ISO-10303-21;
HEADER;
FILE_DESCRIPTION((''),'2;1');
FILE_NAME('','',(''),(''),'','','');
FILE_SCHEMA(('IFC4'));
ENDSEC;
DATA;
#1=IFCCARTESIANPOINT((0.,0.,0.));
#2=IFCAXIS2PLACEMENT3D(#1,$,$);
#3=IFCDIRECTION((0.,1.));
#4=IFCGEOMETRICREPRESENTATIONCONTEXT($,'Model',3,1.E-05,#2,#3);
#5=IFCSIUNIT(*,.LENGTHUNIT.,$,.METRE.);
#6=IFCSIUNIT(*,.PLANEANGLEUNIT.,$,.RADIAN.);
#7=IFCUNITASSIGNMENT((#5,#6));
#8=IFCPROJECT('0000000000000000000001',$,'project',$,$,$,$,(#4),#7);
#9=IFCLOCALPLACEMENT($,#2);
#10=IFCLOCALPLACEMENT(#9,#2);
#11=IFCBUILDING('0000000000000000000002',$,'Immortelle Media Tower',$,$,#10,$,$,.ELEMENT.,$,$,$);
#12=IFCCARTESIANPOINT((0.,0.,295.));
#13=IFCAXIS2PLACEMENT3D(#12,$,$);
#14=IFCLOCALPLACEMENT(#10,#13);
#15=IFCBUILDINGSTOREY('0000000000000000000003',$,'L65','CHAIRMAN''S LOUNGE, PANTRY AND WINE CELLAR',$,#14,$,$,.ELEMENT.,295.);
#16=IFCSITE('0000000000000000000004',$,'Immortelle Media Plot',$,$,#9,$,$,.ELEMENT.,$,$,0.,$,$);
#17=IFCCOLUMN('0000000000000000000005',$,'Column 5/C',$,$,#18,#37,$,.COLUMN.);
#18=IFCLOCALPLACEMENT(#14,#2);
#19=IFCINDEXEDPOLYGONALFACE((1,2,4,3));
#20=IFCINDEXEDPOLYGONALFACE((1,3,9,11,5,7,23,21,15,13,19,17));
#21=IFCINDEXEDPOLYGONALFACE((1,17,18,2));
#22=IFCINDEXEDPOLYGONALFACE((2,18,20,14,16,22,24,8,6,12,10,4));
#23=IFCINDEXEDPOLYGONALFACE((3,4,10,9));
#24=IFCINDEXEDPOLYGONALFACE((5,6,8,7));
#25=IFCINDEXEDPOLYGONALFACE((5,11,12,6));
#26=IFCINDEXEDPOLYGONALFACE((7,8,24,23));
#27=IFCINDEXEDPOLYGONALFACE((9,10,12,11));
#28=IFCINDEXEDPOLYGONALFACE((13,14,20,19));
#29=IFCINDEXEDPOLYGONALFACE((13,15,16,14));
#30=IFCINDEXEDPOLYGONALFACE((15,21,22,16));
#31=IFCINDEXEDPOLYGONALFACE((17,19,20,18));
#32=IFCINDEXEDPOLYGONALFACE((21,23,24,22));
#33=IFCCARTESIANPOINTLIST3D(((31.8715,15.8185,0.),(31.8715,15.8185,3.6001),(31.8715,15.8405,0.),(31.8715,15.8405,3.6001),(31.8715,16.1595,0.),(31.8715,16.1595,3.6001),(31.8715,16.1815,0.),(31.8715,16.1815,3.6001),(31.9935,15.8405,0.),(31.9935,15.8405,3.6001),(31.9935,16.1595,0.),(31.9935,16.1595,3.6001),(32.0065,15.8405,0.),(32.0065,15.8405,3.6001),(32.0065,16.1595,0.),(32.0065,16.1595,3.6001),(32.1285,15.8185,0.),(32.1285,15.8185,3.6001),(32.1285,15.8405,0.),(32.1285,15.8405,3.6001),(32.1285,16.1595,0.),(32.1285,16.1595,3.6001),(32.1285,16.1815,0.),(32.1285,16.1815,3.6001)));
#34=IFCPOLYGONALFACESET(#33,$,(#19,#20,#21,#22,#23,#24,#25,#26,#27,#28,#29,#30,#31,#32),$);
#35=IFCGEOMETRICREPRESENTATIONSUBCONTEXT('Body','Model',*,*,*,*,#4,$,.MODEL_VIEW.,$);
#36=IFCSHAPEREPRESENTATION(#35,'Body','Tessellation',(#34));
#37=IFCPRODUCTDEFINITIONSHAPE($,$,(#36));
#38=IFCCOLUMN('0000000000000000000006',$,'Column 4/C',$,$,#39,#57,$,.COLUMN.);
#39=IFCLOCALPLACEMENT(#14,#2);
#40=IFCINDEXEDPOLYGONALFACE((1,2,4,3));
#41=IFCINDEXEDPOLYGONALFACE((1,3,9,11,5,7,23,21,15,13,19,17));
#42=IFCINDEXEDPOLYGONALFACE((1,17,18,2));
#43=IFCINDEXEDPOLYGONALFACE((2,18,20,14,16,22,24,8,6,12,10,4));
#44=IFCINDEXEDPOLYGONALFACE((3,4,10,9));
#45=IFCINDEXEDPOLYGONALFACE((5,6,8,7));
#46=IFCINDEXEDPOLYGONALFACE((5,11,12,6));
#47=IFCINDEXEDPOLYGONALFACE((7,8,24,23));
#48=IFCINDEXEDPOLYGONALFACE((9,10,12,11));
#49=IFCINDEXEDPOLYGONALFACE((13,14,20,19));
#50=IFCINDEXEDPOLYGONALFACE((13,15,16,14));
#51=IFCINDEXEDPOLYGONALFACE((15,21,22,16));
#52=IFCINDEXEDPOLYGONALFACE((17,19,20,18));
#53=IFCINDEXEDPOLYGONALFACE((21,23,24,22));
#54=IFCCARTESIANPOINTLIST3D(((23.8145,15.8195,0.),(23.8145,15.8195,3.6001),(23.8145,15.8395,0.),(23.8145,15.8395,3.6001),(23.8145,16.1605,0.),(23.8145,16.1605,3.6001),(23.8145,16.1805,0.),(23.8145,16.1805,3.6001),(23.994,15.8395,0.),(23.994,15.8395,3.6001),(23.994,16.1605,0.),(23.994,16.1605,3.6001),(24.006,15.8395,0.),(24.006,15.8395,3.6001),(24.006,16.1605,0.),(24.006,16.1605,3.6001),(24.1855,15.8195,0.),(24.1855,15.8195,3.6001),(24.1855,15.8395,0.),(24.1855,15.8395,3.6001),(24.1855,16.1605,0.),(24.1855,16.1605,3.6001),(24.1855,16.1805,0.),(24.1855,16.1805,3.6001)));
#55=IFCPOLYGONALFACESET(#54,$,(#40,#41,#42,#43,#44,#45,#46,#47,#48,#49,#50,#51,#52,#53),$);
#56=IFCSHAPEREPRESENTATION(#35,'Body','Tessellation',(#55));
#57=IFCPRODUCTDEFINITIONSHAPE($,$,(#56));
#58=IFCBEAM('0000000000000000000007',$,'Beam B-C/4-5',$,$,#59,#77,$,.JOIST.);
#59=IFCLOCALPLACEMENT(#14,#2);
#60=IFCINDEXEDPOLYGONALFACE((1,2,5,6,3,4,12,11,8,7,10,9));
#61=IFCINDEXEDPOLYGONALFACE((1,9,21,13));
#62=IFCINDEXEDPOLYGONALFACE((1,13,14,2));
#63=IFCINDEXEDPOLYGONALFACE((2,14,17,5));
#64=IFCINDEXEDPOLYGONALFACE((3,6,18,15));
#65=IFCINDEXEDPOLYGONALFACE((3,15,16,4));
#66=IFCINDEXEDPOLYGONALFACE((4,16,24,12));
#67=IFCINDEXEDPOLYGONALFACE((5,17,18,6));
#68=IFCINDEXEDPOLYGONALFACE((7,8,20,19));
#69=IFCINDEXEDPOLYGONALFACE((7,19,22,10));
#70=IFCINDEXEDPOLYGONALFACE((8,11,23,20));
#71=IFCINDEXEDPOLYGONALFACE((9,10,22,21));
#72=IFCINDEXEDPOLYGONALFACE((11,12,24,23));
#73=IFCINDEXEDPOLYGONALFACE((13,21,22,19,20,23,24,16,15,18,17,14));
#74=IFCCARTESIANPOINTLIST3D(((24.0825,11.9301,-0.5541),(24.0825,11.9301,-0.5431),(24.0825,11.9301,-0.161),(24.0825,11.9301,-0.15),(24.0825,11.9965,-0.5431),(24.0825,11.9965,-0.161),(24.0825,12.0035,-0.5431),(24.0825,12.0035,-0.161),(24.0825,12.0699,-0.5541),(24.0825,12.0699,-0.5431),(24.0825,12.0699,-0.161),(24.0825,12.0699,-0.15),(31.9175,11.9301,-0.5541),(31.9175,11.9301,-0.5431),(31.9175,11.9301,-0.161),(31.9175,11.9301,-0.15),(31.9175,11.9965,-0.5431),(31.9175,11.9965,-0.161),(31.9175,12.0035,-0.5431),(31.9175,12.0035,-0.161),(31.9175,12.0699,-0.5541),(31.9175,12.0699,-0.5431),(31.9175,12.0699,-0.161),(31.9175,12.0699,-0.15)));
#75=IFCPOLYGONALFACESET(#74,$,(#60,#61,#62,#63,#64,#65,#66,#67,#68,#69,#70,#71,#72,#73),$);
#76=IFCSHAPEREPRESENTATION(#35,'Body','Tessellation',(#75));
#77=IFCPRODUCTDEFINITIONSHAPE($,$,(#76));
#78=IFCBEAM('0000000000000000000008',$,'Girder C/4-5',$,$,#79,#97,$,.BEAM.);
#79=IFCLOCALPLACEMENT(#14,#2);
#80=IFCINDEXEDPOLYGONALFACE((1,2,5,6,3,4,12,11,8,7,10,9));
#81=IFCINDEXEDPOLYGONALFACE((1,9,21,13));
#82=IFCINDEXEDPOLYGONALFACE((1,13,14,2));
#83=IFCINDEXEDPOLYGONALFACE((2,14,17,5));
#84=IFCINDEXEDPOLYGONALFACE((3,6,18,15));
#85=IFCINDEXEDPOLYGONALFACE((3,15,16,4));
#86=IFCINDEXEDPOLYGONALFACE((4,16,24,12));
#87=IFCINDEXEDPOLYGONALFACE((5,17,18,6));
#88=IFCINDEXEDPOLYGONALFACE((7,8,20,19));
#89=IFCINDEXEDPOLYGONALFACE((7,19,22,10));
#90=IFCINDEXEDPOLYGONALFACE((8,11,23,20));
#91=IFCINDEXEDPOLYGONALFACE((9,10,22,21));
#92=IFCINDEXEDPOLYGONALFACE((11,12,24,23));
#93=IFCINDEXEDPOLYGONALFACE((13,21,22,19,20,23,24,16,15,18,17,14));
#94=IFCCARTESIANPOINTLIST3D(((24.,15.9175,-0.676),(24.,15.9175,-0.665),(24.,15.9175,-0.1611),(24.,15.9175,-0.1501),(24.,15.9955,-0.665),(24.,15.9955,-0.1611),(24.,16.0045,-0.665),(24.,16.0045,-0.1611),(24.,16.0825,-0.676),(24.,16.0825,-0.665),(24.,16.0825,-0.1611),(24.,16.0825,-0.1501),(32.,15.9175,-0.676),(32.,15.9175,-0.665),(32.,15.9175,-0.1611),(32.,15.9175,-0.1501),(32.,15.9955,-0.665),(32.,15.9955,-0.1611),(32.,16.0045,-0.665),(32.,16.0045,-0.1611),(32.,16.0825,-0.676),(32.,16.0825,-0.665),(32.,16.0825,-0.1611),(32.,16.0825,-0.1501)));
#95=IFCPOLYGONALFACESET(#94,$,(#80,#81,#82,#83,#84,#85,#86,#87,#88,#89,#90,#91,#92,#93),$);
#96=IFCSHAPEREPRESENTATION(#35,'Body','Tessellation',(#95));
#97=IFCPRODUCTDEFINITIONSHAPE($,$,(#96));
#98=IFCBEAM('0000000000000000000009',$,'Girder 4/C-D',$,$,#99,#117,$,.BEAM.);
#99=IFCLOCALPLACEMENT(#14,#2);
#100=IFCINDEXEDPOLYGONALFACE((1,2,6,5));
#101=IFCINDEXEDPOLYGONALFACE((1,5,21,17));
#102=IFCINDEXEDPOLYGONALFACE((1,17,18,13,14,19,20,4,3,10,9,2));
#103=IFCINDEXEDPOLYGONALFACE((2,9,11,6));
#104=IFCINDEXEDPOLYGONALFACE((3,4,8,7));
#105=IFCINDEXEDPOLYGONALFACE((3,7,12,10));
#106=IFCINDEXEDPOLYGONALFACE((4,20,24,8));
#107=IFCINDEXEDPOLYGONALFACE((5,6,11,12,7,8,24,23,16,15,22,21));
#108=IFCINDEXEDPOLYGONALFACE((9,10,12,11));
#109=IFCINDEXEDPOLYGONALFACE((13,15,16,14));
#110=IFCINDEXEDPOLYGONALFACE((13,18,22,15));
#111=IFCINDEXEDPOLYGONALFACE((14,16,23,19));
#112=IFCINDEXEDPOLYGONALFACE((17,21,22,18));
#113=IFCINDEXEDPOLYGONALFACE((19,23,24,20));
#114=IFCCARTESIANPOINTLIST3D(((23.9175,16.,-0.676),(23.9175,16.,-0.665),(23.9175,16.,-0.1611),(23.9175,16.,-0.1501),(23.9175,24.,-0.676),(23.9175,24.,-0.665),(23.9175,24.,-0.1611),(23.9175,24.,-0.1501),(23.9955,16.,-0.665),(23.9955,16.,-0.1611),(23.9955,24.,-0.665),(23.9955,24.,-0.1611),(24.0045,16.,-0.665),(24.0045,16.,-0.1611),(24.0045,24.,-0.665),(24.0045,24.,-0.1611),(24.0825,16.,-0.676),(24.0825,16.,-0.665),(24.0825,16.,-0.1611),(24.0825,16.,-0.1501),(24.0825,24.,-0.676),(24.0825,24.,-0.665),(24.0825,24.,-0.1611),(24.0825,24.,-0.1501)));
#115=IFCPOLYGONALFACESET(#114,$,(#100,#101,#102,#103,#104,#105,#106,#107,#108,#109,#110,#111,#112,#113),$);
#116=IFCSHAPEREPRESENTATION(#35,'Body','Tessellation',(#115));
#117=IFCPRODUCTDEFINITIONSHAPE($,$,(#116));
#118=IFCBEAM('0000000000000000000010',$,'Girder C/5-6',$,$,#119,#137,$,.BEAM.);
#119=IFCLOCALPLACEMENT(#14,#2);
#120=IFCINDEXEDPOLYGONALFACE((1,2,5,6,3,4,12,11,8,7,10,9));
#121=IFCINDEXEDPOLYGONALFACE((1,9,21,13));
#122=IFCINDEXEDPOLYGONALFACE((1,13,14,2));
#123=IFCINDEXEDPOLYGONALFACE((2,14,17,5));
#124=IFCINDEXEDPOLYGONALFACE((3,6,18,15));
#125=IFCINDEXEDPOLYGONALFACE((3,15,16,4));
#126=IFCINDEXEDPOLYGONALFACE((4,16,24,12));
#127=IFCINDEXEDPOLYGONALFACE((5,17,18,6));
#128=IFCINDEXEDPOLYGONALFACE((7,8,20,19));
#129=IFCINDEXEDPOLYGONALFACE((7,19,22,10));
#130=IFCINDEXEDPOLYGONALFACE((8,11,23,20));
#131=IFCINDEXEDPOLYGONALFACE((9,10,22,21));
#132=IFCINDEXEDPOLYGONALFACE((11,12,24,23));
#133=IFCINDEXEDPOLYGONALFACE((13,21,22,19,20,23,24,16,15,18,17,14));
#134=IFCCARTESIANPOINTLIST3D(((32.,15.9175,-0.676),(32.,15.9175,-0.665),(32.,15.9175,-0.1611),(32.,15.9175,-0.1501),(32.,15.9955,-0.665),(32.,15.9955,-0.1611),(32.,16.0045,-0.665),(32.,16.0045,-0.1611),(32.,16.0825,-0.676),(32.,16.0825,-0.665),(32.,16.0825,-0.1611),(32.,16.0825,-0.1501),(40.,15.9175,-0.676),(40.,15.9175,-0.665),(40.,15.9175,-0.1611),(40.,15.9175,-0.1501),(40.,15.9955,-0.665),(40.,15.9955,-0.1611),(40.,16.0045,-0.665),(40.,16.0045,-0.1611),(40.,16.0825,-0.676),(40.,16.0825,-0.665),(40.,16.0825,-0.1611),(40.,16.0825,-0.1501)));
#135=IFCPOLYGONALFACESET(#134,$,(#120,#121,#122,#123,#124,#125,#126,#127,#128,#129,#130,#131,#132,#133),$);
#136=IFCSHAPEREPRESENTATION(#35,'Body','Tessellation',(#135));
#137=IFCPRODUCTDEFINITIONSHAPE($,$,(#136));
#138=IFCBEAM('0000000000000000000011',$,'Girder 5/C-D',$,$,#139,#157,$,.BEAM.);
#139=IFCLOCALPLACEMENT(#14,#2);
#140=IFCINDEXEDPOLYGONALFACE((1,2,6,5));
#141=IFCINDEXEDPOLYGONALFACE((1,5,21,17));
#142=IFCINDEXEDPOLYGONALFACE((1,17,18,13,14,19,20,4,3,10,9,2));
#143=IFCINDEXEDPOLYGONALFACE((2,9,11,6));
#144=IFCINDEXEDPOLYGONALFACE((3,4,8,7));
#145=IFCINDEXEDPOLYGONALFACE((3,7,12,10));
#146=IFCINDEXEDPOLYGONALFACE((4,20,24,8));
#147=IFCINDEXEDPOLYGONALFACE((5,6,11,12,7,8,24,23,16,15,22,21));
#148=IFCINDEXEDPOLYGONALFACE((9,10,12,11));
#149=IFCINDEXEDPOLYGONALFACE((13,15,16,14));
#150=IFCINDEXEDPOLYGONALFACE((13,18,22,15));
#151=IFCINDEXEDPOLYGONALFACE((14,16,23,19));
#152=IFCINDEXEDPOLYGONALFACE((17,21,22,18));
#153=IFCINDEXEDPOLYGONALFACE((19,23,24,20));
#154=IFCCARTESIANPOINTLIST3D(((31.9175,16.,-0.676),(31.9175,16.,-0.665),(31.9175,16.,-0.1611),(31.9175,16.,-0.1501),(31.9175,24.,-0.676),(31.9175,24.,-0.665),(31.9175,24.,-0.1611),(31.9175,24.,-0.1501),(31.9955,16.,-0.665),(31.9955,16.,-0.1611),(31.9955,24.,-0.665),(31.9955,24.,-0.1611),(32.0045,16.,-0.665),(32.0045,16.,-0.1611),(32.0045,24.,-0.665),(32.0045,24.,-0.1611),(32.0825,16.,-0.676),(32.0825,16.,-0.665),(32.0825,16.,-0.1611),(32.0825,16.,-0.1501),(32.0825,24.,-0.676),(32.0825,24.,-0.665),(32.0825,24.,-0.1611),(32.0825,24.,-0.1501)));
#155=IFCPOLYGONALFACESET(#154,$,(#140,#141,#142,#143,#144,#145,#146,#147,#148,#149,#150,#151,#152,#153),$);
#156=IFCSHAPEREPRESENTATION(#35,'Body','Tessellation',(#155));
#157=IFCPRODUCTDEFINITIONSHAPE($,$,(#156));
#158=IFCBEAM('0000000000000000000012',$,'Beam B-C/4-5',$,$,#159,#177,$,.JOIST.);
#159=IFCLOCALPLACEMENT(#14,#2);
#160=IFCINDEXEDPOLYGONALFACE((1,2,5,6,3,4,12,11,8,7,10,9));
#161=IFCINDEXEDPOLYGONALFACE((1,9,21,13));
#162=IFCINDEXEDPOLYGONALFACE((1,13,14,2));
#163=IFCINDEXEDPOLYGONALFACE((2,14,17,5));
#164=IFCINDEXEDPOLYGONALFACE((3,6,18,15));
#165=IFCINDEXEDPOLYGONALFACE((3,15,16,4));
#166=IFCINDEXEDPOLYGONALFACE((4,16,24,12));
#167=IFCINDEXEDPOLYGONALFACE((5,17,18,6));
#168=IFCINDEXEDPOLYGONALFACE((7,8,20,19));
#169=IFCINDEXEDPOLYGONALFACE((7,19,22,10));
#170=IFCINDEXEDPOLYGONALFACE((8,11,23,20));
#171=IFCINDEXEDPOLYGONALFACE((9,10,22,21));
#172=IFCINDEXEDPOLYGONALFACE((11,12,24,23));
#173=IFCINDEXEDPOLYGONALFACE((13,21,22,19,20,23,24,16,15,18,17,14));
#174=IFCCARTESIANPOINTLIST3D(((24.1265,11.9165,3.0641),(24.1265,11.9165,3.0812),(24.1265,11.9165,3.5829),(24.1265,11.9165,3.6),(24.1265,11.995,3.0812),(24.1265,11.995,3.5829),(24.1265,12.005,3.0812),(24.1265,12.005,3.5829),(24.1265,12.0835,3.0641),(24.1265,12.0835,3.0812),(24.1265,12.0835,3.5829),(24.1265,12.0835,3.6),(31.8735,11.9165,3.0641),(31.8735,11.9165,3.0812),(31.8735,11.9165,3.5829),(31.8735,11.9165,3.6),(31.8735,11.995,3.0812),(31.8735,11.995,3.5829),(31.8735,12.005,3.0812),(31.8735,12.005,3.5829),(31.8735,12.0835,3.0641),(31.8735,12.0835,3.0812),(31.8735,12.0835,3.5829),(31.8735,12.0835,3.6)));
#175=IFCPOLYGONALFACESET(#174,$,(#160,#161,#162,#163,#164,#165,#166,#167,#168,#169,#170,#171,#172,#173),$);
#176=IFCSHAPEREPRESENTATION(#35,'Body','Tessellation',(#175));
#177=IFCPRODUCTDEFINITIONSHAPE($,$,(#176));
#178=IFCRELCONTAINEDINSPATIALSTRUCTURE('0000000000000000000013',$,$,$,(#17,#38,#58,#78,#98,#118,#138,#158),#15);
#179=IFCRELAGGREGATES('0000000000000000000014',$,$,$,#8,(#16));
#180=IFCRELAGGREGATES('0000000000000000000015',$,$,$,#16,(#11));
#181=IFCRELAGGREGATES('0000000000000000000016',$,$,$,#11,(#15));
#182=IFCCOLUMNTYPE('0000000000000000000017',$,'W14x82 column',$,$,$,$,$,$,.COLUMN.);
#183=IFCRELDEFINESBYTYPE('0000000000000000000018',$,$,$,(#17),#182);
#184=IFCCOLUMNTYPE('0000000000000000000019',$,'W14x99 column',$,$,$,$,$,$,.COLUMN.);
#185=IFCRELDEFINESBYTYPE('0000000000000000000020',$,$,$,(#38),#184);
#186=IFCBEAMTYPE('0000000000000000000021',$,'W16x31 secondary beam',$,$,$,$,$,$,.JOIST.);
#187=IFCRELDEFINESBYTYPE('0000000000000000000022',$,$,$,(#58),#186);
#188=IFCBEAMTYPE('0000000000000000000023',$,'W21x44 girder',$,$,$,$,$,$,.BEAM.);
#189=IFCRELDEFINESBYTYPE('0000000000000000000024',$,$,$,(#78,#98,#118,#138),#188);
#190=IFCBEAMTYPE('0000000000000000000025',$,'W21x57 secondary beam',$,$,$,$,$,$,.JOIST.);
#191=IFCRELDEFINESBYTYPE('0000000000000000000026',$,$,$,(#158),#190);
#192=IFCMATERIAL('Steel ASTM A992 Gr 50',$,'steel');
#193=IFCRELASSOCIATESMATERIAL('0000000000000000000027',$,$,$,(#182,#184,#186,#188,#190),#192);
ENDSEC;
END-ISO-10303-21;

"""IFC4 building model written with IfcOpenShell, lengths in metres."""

from ifc_helpers import new_model, si_unit, direction, frame, origin, origin_2d, place, context, subcontext, project, spatial, i_section, extrude, material, material_profile, profile_set, type_object, element, save


model = new_model("IFC4")

# Units and contexts
model_context = context("Model", 3, precision=1e-05, world=origin(), true_north=direction((0.0, 1.0)))
body_context = subcontext(model_context, "Body", "Model", "MODEL_VIEW")
ifc_project = project(units=[si_unit("LENGTHUNIT", "METRE"), si_unit("PLANEANGLEUNIT", "RADIAN")], contexts=[model_context])

# Site, building, storey
site_placement = place(None, origin())
site = spatial("IfcSite", under=ifc_project, at=site_placement, Name="Immortelle Media Plot", CompositionType="ELEMENT", RefElevation=0.0)
building_placement = place(site_placement, origin())
building = spatial("IfcBuilding", under=site, at=building_placement, Name="Immortelle Media Tower", CompositionType="ELEMENT")
storey_placement = place(building_placement, frame((0.0, 0.0, 295.0)))
storey = spatial("IfcBuildingStorey", under=building, at=storey_placement, Name="L65", Description="CHAIRMAN'S LOUNGE, PANTRY AND WINE CELLAR", CompositionType="ELEMENT", Elevation=295.0)

# Columns
ifc_material_1 = material(Name="Steel ASTM A992 Gr 50", Category="steel")
ifc_material_profile_1 = material_profile(ifc_material_1, i_section(OverallWidth=0.2571, OverallDepth=0.363, WebThickness=0.0129, FlangeThickness=0.022, at=origin_2d()), Name="W14x82")
ifc_profile_set_1 = profile_set([ifc_material_profile_1], Name="Steel ASTM A992 Gr 50")
column_type_1 = type_object("IfcColumnType", Name="W14x82 column", PredefinedType="COLUMN", material=ifc_profile_set_1)
column_1_placement = place(storey_placement, frame((32.0, 16.0, 0.0), z_axis=(0.0, 0.0, 1.0), x_axis=(1.0, 0.0, 0.0)))
element("IfcColumn", 1, at=column_1_placement, inside=storey, type_object=column_type_1, Name="Column 5/C", PredefinedType="COLUMN", context=body_context, shape_type="SweptSolid", body=[
    extrude(i_section(OverallWidth=0.2571, OverallDepth=0.363, WebThickness=0.0129, FlangeThickness=0.022, at=origin_2d()), origin(), (0.0, 0.0, 1.0), 3.6001),
])
ifc_material_profile_2 = material_profile(ifc_material_1, i_section(OverallWidth=0.3711, OverallDepth=0.3611, WebThickness=0.012, FlangeThickness=0.02, at=origin_2d()), Name="W14x99")
ifc_profile_set_2 = profile_set([ifc_material_profile_2], Name="Steel ASTM A992 Gr 50")
column_type_2 = type_object("IfcColumnType", Name="W14x99 column", PredefinedType="COLUMN", material=ifc_profile_set_2)
column_2_placement = place(storey_placement, frame((24.0, 16.0, 0.0), z_axis=(0.0, 0.0, 1.0), x_axis=(1.0, 0.0, 0.0)))
element("IfcColumn", 2, at=column_2_placement, inside=storey, type_object=column_type_2, Name="Column 4/C", PredefinedType="COLUMN", context=body_context, shape_type="SweptSolid", body=[
    extrude(i_section(OverallWidth=0.3711, OverallDepth=0.3611, WebThickness=0.012, FlangeThickness=0.02, at=origin_2d()), origin(), (0.0, 0.0, 1.0), 3.6001),
])

# Beams
ifc_material_profile_3 = material_profile(ifc_material_1, i_section(OverallWidth=0.1399, OverallDepth=0.4041, WebThickness=0.0071, FlangeThickness=0.011, at=origin_2d()), Name="W16x31")
ifc_profile_set_3 = profile_set([ifc_material_profile_3], Name="Steel ASTM A992 Gr 50")
beam_type_1 = type_object("IfcBeamType", Name="W16x31 secondary beam", PredefinedType="JOIST", material=ifc_profile_set_3)
beam_1_placement = place(storey_placement, frame((24.0825, 12.0, -0.3521), z_axis=(1.0, 0.0, 0.0), x_axis=(0.0, 1.0, 0.0)))
element("IfcBeam", 3, at=beam_1_placement, inside=storey, type_object=beam_type_1, Name="Beam B-C/4-5", PredefinedType="JOIST", context=body_context, shape_type="SweptSolid", body=[
    extrude(i_section(OverallWidth=0.1399, OverallDepth=0.4041, WebThickness=0.0071, FlangeThickness=0.011, at=origin_2d()), origin(), (0.0, 0.0, 1.0), 7.835),
])
ifc_material_profile_4 = material_profile(ifc_material_1, i_section(OverallWidth=0.165, OverallDepth=0.5259, WebThickness=0.009, FlangeThickness=0.011, at=origin_2d()), Name="W21x44")
ifc_profile_set_4 = profile_set([ifc_material_profile_4], Name="Steel ASTM A992 Gr 50")
beam_type_2 = type_object("IfcBeamType", Name="W21x44 girder", PredefinedType="BEAM", material=ifc_profile_set_4)
for number, where, z_axis, x_axis, name in (
    (4, (24.0, 16.0, -0.4131), (1.0, 0.0, 0.0), (0.0, 1.0, 0.0), "Girder C/4-5"),
    (5, (24.0, 16.0, -0.4131), (0.0, 1.0, 0.0), (-1.0, 0.0, 0.0), "Girder 4/C-D"),
    (6, (32.0, 16.0, -0.4131), (1.0, 0.0, 0.0), (0.0, 1.0, 0.0), "Girder C/5-6"),
    (7, (32.0, 16.0, -0.4131), (0.0, 1.0, 0.0), (-1.0, 0.0, 0.0), "Girder 5/C-D"),
):
    element("IfcBeam", number, at=place(storey_placement, frame(where, z_axis=z_axis, x_axis=x_axis)), inside=storey, type_object=beam_type_2, Name=name, PredefinedType="BEAM", context=body_context, shape_type="SweptSolid", body=[
        extrude(i_section(OverallWidth=0.165, OverallDepth=0.5259, WebThickness=0.009, FlangeThickness=0.011, at=origin_2d()), origin(), (0.0, 0.0, 1.0), 8.0),
    ])
ifc_material_profile_5 = material_profile(ifc_material_1, i_section(OverallWidth=0.167, OverallDepth=0.5359, WebThickness=0.01, FlangeThickness=0.0171, at=origin_2d()), Name="W21x57")
ifc_profile_set_5 = profile_set([ifc_material_profile_5], Name="Steel ASTM A992 Gr 50")
beam_type_3 = type_object("IfcBeamType", Name="W21x57 secondary beam", PredefinedType="JOIST", material=ifc_profile_set_5)
beam_2_placement = place(storey_placement, frame((24.1265, 12.0, 3.332), z_axis=(1.0, 0.0, 0.0), x_axis=(0.0, 1.0, 0.0)))
element("IfcBeam", 8, at=beam_2_placement, inside=storey, type_object=beam_type_3, Name="Beam B-C/4-5", PredefinedType="JOIST", context=body_context, shape_type="SweptSolid", body=[
    extrude(i_section(OverallWidth=0.167, OverallDepth=0.5359, WebThickness=0.01, FlangeThickness=0.0171, at=origin_2d()), origin(), (0.0, 0.0, 1.0), 7.7471),
])

save(model, "model.ifc")
